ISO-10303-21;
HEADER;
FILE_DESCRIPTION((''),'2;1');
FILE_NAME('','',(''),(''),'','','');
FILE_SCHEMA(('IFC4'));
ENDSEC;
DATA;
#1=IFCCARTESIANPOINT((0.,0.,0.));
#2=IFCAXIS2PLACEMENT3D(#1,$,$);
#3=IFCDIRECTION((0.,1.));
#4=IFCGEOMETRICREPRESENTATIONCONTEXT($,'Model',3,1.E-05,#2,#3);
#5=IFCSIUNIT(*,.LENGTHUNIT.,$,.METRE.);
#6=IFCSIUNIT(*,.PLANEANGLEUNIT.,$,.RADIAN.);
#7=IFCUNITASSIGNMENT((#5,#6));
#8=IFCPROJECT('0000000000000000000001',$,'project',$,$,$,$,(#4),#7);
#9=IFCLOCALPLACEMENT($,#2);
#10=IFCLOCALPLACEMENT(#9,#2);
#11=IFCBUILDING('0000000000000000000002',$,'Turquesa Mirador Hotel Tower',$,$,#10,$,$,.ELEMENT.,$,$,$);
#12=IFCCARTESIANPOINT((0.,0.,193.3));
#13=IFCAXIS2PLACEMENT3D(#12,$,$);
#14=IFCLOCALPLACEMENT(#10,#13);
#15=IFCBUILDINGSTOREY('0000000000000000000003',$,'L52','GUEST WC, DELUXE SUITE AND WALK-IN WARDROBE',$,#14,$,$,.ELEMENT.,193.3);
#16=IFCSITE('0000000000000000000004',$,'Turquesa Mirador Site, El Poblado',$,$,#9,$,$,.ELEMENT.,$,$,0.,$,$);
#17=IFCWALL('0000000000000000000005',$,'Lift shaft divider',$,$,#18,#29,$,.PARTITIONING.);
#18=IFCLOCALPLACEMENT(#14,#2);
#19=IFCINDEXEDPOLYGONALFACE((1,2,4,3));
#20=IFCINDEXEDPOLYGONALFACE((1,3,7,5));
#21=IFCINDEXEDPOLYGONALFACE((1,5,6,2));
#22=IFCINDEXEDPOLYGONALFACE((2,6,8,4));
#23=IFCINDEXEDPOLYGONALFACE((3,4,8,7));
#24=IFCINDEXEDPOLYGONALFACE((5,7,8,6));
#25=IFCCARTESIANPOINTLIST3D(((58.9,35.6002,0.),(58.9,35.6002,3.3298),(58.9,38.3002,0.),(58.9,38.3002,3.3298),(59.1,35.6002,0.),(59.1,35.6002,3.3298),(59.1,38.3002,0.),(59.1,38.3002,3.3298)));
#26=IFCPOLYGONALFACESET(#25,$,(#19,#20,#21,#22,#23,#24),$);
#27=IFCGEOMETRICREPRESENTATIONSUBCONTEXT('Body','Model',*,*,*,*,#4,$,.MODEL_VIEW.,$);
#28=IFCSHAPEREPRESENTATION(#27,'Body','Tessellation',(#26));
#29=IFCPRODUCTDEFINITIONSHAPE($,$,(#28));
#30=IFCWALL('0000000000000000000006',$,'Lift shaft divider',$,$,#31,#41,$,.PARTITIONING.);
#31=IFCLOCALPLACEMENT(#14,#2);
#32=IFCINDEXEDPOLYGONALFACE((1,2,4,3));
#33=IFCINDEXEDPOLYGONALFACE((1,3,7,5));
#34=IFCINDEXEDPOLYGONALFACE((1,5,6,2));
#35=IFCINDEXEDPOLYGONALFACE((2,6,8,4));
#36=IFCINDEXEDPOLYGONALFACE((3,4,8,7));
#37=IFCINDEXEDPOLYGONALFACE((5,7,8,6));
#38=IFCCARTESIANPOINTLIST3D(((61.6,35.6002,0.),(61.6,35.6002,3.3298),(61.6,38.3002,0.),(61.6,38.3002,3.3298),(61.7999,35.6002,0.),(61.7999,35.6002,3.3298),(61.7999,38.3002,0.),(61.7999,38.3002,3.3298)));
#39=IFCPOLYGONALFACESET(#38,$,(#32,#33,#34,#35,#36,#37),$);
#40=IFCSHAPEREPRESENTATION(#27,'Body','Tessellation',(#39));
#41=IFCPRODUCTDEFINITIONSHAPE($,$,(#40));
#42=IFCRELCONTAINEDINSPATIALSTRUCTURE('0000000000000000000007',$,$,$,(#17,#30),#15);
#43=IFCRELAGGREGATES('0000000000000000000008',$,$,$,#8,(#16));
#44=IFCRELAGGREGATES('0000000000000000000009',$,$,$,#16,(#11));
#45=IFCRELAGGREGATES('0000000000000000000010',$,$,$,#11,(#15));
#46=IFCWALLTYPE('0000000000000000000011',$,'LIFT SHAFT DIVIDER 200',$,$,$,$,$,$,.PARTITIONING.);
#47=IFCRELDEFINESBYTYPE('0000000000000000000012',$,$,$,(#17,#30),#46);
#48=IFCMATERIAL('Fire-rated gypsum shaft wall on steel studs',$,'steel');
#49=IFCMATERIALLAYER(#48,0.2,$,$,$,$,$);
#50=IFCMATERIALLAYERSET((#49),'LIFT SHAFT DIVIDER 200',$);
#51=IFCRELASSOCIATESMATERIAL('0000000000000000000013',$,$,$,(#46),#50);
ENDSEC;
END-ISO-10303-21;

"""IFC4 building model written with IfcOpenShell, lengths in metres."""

from ifc_helpers import new_model, si_unit, direction, frame, frame_2d, origin, place, context, subcontext, project, spatial, rectangle, extrude, material, layer, layer_set, type_object, element, save


model = new_model("IFC4")

# Units and contexts
model_context = context("Model", 3, precision=1e-05, world=origin(), true_north=direction((0.0, 1.0)))
body_context = subcontext(model_context, "Body", "Model", "MODEL_VIEW")
ifc_project = project(units=[si_unit("LENGTHUNIT", "METRE"), si_unit("PLANEANGLEUNIT", "RADIAN")], contexts=[model_context])

# Site, building, storey
site_placement = place(None, origin())
site = spatial("IfcSite", under=ifc_project, at=site_placement, Name="Turquesa Mirador Site, El Poblado", CompositionType="ELEMENT", RefElevation=0.0)
building_placement = place(site_placement, origin())
building = spatial("IfcBuilding", under=site, at=building_placement, Name="Turquesa Mirador Hotel Tower", CompositionType="ELEMENT")
storey_placement = place(building_placement, frame((0.0, 0.0, 193.3)))
storey = spatial("IfcBuildingStorey", under=building, at=storey_placement, Name="L52", Description="GUEST WC, DELUXE SUITE AND WALK-IN WARDROBE", CompositionType="ELEMENT", Elevation=193.3)

# Walls
ifc_material_1 = material(Name="Fire-rated gypsum shaft wall on steel studs", Category="steel")
ifc_layer_1 = layer(ifc_material_1, 0.2)
ifc_layer_set_1 = layer_set([ifc_layer_1], Name="LIFT SHAFT DIVIDER 200")
wall_type_1 = type_object("IfcWallType", Name="LIFT SHAFT DIVIDER 200", PredefinedType="PARTITIONING", material=ifc_layer_set_1)
for number, where, z_axis, x_axis, name in (
    (1, (59.0, 35.6001, 0.0), (0.0, 0.0, 1.0), (0.0, 1.0, 0.0), "Lift shaft divider"),
    (2, (61.7, 35.6001, 0.0), (0.0, 0.0, 1.0), (0.0, 1.0, 0.0), "Lift shaft divider"),
):
    element("IfcWall", number, at=place(storey_placement, frame(where, z_axis=z_axis, x_axis=x_axis)), inside=storey, type_object=wall_type_1, Name=name, PredefinedType="PARTITIONING", context=body_context, shape_type="SweptSolid", body=[
        extrude(rectangle(XDim=2.7, YDim=0.2, at=frame_2d((1.3501, 0.0))), origin(), (0.0, 0.0, 1.0), 3.3298),
    ])

save(model, "model.ifc")
